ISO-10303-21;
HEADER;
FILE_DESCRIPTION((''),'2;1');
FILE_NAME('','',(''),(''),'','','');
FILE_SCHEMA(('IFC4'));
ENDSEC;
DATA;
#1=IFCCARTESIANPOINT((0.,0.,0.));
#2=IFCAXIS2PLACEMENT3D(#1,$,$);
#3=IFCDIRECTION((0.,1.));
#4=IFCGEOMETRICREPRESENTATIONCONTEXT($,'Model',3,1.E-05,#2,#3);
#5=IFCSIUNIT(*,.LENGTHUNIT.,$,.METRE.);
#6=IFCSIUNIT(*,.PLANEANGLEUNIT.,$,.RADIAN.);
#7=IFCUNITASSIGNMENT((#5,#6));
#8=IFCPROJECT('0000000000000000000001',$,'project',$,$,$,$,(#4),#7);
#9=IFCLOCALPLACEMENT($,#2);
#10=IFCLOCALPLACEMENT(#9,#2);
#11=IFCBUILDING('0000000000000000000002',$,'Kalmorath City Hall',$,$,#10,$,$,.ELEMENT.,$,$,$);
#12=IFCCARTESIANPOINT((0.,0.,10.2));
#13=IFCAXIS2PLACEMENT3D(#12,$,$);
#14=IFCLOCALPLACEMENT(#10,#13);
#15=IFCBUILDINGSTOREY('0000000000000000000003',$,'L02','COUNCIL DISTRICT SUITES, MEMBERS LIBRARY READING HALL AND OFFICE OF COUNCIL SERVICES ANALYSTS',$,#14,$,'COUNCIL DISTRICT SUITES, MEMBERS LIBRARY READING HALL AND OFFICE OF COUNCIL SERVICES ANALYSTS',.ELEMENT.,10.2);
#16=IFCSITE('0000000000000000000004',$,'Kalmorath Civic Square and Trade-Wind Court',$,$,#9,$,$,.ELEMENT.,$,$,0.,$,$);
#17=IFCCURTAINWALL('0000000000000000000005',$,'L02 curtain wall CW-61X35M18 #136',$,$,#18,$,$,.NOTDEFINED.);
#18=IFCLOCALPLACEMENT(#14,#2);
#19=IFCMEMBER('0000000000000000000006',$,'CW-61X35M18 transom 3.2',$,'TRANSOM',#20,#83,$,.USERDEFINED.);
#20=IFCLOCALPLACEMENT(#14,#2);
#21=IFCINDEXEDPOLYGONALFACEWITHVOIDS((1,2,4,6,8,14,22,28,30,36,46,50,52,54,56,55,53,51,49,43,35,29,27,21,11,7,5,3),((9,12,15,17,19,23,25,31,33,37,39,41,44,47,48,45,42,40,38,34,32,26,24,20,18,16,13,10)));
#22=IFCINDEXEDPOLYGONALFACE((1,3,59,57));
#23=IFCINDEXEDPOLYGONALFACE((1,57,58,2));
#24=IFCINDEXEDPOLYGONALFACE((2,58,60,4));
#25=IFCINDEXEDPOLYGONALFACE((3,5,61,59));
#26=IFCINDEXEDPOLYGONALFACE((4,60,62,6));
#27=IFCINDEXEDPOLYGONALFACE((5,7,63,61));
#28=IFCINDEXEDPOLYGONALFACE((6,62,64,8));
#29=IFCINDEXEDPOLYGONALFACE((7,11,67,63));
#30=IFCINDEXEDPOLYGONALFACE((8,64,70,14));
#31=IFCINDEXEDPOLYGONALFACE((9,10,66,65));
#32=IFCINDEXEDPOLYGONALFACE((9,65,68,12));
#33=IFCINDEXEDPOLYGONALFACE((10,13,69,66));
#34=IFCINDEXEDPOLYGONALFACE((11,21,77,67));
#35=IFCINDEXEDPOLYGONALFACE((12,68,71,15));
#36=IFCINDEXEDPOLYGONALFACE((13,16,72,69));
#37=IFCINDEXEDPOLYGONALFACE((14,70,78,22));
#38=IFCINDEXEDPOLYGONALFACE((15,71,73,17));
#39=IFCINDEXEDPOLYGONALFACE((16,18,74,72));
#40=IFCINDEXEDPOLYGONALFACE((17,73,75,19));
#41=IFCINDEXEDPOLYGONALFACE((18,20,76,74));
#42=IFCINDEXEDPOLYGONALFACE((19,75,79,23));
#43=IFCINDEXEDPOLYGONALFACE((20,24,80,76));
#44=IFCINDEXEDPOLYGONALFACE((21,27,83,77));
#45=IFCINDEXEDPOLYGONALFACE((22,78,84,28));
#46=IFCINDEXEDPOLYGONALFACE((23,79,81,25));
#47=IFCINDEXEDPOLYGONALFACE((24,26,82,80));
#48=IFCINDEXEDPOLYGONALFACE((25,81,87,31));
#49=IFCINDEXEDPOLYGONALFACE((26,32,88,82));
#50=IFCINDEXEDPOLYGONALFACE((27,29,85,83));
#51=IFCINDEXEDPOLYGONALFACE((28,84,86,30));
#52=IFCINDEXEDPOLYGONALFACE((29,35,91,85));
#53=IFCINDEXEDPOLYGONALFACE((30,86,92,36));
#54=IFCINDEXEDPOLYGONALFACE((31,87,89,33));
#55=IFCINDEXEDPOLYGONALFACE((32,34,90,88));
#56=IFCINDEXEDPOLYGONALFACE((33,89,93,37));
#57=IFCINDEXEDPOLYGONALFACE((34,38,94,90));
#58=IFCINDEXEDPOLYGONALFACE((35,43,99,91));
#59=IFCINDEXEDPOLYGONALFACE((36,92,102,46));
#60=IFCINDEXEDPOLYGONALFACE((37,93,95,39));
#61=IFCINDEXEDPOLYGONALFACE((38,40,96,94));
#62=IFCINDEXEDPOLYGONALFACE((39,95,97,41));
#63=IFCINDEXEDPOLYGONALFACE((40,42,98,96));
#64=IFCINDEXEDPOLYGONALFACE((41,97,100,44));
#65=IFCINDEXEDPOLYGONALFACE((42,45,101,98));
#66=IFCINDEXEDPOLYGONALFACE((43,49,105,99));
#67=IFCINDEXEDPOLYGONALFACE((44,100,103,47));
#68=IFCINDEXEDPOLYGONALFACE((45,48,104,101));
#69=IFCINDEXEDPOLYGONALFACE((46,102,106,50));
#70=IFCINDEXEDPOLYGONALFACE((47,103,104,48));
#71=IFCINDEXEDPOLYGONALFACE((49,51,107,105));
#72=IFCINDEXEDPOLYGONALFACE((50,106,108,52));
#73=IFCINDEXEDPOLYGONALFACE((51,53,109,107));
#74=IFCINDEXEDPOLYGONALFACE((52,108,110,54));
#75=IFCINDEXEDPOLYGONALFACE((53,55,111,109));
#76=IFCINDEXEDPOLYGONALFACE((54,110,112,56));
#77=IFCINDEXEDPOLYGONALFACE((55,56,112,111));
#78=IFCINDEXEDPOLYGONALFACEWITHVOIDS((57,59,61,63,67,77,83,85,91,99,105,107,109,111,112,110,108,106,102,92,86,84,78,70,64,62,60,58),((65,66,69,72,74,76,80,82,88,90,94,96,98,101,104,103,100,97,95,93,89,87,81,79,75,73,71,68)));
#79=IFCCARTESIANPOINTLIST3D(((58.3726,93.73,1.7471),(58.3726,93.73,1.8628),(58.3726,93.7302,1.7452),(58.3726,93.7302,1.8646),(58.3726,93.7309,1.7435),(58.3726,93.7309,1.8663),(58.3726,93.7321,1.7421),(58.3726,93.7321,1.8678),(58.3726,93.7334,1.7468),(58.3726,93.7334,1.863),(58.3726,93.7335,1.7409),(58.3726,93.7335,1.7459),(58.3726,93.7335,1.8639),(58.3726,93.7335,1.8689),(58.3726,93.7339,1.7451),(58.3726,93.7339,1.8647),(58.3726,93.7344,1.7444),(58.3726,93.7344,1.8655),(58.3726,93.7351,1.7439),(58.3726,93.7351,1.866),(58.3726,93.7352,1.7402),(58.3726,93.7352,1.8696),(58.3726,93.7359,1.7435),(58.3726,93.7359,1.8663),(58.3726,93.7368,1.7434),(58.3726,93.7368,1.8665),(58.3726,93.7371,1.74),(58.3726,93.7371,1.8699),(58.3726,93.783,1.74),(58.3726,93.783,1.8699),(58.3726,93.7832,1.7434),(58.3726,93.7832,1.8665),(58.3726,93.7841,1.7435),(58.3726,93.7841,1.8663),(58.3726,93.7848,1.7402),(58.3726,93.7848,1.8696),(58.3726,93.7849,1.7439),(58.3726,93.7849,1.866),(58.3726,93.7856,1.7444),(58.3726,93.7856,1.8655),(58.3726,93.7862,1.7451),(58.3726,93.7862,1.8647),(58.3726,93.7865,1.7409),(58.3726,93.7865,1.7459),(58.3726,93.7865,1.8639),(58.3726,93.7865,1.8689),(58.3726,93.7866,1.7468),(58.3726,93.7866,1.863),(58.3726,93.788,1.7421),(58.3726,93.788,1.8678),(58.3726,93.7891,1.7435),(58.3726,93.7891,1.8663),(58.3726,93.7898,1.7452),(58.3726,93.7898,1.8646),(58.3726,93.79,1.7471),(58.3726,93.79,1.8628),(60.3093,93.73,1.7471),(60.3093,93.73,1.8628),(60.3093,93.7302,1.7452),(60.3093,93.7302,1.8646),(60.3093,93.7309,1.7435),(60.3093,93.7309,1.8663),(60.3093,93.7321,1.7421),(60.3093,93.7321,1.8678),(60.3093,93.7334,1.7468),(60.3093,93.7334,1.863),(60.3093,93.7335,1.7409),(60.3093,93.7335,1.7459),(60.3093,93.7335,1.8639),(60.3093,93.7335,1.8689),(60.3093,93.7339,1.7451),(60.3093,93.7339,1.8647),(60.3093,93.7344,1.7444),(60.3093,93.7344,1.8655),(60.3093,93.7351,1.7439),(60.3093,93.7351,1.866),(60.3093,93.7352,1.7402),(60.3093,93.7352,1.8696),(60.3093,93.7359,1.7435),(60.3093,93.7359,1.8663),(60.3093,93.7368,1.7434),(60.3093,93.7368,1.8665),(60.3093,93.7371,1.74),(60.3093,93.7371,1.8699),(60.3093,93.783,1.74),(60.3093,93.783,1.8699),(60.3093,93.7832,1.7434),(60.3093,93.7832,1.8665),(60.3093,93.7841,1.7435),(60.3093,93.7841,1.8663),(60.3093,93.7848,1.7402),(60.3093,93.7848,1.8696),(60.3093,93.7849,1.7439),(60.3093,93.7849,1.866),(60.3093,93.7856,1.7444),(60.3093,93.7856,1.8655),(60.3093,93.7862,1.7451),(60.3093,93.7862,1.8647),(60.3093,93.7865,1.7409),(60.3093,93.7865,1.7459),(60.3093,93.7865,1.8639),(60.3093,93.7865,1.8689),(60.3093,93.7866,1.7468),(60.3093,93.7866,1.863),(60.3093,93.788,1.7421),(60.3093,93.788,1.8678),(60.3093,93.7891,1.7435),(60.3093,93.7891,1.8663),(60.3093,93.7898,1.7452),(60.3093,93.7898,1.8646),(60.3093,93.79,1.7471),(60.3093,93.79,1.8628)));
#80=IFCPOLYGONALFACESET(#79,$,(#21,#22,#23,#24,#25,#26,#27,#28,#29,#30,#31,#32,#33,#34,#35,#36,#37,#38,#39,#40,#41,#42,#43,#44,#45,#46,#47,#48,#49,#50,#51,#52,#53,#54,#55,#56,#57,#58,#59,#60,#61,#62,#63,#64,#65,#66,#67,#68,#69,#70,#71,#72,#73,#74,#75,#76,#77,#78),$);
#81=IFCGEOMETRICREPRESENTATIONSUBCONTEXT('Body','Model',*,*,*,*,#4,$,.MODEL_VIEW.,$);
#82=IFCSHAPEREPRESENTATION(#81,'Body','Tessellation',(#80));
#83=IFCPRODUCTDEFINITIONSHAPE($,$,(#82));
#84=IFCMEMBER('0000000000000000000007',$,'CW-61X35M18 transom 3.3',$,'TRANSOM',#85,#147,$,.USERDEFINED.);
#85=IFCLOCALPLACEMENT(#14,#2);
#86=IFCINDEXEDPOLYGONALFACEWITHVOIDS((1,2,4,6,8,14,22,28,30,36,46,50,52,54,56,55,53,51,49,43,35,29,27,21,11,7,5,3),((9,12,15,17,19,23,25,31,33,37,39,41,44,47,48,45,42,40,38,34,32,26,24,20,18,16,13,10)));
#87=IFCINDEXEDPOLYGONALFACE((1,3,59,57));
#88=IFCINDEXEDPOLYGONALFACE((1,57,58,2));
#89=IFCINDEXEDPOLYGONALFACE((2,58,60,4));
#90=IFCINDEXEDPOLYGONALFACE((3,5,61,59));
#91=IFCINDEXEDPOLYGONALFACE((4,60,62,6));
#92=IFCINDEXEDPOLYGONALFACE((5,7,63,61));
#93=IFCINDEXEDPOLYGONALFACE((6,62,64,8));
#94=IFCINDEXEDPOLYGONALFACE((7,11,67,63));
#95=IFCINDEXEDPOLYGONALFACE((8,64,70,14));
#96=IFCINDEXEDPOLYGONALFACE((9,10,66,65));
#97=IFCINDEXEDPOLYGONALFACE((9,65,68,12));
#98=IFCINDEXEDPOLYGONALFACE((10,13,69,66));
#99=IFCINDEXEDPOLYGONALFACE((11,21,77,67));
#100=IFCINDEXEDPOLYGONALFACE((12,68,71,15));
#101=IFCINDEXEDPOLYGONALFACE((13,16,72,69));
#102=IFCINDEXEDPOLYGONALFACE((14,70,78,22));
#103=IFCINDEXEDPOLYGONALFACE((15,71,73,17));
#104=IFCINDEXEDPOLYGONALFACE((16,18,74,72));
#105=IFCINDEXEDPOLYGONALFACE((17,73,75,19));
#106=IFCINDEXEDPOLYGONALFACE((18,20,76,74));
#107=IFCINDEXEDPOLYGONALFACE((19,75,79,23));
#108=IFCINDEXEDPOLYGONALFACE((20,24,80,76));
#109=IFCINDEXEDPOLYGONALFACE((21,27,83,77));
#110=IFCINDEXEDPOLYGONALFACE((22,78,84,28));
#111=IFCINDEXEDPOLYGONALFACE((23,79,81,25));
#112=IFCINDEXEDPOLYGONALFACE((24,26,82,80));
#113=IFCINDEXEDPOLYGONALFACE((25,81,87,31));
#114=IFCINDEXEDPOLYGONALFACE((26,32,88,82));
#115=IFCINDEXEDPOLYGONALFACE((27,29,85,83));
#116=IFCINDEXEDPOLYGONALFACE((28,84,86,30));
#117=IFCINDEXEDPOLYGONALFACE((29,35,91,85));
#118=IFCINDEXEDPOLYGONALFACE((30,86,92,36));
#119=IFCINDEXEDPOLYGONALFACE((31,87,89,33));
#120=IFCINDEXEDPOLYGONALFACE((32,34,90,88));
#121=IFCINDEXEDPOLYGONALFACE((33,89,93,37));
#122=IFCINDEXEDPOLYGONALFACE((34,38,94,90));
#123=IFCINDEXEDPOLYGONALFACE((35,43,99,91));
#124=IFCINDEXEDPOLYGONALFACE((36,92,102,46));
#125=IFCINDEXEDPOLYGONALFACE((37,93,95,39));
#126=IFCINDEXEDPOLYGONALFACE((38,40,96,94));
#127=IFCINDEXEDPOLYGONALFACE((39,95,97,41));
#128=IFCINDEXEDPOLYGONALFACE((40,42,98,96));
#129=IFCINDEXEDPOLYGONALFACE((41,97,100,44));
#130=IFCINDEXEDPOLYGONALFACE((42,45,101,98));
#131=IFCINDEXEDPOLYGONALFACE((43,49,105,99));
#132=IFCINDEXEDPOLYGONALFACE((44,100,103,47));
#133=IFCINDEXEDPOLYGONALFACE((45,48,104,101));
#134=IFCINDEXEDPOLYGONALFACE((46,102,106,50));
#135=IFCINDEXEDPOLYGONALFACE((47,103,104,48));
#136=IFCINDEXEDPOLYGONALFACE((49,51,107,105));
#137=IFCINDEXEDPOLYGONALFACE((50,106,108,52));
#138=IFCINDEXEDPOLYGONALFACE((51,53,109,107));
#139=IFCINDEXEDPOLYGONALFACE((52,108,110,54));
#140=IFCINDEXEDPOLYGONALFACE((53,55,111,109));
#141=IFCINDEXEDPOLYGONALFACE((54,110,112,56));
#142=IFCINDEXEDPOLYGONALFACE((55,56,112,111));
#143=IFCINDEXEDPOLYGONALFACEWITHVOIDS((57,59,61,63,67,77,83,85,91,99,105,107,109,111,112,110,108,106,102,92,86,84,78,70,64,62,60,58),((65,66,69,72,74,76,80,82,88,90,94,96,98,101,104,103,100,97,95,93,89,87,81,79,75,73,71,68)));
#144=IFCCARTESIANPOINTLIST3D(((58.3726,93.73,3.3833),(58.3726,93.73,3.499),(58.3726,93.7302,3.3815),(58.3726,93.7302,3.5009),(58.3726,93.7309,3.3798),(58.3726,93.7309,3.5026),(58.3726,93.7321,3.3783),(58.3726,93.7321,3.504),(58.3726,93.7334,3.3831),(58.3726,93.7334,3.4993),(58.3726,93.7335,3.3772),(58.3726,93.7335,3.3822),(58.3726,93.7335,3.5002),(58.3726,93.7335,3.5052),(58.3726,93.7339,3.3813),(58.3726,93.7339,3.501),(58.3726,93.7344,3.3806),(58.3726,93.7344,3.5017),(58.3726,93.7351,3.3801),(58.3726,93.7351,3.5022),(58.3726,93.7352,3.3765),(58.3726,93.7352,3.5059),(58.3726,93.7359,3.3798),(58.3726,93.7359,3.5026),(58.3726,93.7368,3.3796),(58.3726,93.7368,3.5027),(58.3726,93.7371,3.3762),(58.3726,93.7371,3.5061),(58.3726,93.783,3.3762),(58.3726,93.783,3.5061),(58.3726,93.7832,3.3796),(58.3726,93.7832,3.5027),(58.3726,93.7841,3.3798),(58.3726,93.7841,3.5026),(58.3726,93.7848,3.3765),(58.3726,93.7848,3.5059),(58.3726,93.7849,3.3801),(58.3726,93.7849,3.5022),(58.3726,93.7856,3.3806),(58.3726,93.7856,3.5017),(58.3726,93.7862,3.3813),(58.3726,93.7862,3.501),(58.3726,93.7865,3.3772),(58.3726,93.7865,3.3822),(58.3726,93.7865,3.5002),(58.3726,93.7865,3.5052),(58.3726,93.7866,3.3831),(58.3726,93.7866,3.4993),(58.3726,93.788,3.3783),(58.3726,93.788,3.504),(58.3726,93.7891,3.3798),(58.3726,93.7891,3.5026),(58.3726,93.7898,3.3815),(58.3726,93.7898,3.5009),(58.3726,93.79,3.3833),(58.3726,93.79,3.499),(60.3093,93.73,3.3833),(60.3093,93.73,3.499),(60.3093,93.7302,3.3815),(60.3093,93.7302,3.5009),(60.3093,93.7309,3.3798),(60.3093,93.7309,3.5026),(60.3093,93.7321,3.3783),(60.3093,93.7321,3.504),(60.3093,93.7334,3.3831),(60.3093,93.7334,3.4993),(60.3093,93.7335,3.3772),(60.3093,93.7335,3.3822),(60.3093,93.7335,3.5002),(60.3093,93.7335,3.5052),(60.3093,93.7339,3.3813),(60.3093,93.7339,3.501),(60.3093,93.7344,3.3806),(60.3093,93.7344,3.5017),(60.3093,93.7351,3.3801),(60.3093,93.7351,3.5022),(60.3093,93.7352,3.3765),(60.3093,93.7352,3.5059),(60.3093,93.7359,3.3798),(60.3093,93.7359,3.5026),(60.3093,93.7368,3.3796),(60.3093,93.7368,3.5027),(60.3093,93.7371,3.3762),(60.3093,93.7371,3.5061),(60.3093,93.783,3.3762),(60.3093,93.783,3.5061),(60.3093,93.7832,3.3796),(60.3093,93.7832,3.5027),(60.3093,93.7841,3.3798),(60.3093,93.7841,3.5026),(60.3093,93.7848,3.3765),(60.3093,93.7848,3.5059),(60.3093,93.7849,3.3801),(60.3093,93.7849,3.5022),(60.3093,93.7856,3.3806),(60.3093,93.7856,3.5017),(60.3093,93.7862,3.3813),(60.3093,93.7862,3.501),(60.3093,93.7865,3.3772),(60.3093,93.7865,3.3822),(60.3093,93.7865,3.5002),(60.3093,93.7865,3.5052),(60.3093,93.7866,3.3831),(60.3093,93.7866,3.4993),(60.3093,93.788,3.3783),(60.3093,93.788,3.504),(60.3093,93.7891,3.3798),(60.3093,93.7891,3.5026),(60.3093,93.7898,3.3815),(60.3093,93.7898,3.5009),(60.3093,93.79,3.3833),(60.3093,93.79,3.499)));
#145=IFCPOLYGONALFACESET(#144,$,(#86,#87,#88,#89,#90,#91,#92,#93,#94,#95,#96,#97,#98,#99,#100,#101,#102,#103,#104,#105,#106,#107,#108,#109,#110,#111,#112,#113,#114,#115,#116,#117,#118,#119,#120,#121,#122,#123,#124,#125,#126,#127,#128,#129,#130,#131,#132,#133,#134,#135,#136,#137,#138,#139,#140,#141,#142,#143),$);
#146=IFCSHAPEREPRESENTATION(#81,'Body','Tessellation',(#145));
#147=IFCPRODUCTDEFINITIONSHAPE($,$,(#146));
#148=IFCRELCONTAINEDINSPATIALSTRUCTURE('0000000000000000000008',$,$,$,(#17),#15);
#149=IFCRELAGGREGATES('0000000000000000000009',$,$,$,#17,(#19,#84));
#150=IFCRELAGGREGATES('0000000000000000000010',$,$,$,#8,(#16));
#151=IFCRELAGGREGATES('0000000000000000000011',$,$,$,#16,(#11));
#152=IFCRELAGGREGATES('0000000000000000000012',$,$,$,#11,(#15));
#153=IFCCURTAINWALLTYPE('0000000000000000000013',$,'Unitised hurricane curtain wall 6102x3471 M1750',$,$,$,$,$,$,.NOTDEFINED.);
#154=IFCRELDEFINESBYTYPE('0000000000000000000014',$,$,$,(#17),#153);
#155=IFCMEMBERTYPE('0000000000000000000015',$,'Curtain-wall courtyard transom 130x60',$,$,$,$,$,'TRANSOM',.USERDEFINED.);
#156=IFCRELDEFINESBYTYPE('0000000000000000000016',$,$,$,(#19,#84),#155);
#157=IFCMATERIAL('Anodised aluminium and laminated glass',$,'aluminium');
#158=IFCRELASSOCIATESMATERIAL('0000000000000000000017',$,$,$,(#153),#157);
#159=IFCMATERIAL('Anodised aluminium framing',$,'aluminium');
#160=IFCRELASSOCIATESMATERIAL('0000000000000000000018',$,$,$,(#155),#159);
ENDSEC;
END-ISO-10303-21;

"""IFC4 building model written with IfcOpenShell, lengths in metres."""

from ifc_helpers import new_model, si_unit, direction, frame, origin, origin_2d, place, context, subcontext, project, spatial, hollow_rectangle, extrude, material, material_profile, profile_set, type_object, element, aggregate, save


model = new_model("IFC4")

# Units and contexts
model_context = context("Model", 3, precision=1e-05, world=origin(), true_north=direction((0.0, 1.0)))
body_context = subcontext(model_context, "Body", "Model", "MODEL_VIEW")
ifc_project = project(units=[si_unit("LENGTHUNIT", "METRE"), si_unit("PLANEANGLEUNIT", "RADIAN")], contexts=[model_context])

# Site, building, storey
site_placement = place(None, origin())
site = spatial("IfcSite", under=ifc_project, at=site_placement, Name="Kalmorath Civic Square and Trade-Wind Court", CompositionType="ELEMENT", RefElevation=0.0)
building_placement = place(site_placement, origin())
building = spatial("IfcBuilding", under=site, at=building_placement, Name="Kalmorath City Hall", CompositionType="ELEMENT")
storey_placement = place(building_placement, frame((0.0, 0.0, 10.2)))
storey = spatial("IfcBuildingStorey", under=building, at=storey_placement, Name="L02", Description="COUNCIL DISTRICT SUITES, MEMBERS LIBRARY READING HALL AND OFFICE OF COUNCIL SERVICES ANALYSTS", LongName="COUNCIL DISTRICT SUITES, MEMBERS LIBRARY READING HALL AND OFFICE OF COUNCIL SERVICES ANALYSTS", CompositionType="ELEMENT", Elevation=10.2)

# Curtain wall
ifc_material_1 = material(Name="Anodised aluminium and laminated glass", Category="aluminium")
curtain_wall_type_1 = type_object("IfcCurtainWallType", Name="Unitised hurricane curtain wall 6102x3471 M1750", PredefinedType="NOTDEFINED", material=ifc_material_1)
curtain_wall_1_placement = place(storey_placement, origin())
curtain_wall_1 = element("IfcCurtainWall", 1, at=curtain_wall_1_placement, inside=storey, type_object=curtain_wall_type_1, Name="L02 curtain wall CW-61X35M18 #136", PredefinedType="NOTDEFINED")

# Members
ifc_material_2 = material(Name="Anodised aluminium framing", Category="aluminium")
ifc_material_profile_1 = material_profile(ifc_material_2, hollow_rectangle(XDim=0.0601, YDim=0.1299, WallThickness=0.0034, InnerFilletRadius=0.0034, OuterFilletRadius=0.0071, at=origin_2d()), Name="ALU-TRN-130X60X3.5")
ifc_profile_set_1 = profile_set([ifc_material_profile_1], Name="Anodised aluminium framing")
member_type_1 = type_object("IfcMemberType", Name="Curtain-wall courtyard transom 130x60", ElementType="TRANSOM", PredefinedType="USERDEFINED", material=ifc_profile_set_1)
member_1_placement = place(storey_placement, frame((60.3093, 93.76, 1.8049), z_axis=(-1.0, 0.0, 0.0), x_axis=(0.0, -1.0, 0.0)))
member_1 = element("IfcMember", 2, at=member_1_placement, type_object=member_type_1, Name="CW-61X35M18 transom 3.2", ObjectType="TRANSOM", PredefinedType="USERDEFINED", context=body_context, shape_type="SweptSolid", body=[
    extrude(hollow_rectangle(XDim=0.0601, YDim=0.1299, WallThickness=0.0034, InnerFilletRadius=0.0034, OuterFilletRadius=0.0071, at=origin_2d()), origin(), (0.0, 0.0, 1.0), 1.9368),
])
member_2_placement = place(storey_placement, frame((60.3093, 93.76, 3.4412), z_axis=(-1.0, 0.0, 0.0), x_axis=(0.0, -1.0, 0.0)))
member_2 = element("IfcMember", 3, at=member_2_placement, type_object=member_type_1, Name="CW-61X35M18 transom 3.3", ObjectType="TRANSOM", PredefinedType="USERDEFINED", context=body_context, shape_type="SweptSolid", body=[
    extrude(hollow_rectangle(XDim=0.0601, YDim=0.1299, WallThickness=0.0034, InnerFilletRadius=0.0034, OuterFilletRadius=0.0071, at=origin_2d()), origin(), (0.0, 0.0, 1.0), 1.9368),
])

aggregate(curtain_wall_1, [member_1, member_2])

save(model, "model.ifc")
